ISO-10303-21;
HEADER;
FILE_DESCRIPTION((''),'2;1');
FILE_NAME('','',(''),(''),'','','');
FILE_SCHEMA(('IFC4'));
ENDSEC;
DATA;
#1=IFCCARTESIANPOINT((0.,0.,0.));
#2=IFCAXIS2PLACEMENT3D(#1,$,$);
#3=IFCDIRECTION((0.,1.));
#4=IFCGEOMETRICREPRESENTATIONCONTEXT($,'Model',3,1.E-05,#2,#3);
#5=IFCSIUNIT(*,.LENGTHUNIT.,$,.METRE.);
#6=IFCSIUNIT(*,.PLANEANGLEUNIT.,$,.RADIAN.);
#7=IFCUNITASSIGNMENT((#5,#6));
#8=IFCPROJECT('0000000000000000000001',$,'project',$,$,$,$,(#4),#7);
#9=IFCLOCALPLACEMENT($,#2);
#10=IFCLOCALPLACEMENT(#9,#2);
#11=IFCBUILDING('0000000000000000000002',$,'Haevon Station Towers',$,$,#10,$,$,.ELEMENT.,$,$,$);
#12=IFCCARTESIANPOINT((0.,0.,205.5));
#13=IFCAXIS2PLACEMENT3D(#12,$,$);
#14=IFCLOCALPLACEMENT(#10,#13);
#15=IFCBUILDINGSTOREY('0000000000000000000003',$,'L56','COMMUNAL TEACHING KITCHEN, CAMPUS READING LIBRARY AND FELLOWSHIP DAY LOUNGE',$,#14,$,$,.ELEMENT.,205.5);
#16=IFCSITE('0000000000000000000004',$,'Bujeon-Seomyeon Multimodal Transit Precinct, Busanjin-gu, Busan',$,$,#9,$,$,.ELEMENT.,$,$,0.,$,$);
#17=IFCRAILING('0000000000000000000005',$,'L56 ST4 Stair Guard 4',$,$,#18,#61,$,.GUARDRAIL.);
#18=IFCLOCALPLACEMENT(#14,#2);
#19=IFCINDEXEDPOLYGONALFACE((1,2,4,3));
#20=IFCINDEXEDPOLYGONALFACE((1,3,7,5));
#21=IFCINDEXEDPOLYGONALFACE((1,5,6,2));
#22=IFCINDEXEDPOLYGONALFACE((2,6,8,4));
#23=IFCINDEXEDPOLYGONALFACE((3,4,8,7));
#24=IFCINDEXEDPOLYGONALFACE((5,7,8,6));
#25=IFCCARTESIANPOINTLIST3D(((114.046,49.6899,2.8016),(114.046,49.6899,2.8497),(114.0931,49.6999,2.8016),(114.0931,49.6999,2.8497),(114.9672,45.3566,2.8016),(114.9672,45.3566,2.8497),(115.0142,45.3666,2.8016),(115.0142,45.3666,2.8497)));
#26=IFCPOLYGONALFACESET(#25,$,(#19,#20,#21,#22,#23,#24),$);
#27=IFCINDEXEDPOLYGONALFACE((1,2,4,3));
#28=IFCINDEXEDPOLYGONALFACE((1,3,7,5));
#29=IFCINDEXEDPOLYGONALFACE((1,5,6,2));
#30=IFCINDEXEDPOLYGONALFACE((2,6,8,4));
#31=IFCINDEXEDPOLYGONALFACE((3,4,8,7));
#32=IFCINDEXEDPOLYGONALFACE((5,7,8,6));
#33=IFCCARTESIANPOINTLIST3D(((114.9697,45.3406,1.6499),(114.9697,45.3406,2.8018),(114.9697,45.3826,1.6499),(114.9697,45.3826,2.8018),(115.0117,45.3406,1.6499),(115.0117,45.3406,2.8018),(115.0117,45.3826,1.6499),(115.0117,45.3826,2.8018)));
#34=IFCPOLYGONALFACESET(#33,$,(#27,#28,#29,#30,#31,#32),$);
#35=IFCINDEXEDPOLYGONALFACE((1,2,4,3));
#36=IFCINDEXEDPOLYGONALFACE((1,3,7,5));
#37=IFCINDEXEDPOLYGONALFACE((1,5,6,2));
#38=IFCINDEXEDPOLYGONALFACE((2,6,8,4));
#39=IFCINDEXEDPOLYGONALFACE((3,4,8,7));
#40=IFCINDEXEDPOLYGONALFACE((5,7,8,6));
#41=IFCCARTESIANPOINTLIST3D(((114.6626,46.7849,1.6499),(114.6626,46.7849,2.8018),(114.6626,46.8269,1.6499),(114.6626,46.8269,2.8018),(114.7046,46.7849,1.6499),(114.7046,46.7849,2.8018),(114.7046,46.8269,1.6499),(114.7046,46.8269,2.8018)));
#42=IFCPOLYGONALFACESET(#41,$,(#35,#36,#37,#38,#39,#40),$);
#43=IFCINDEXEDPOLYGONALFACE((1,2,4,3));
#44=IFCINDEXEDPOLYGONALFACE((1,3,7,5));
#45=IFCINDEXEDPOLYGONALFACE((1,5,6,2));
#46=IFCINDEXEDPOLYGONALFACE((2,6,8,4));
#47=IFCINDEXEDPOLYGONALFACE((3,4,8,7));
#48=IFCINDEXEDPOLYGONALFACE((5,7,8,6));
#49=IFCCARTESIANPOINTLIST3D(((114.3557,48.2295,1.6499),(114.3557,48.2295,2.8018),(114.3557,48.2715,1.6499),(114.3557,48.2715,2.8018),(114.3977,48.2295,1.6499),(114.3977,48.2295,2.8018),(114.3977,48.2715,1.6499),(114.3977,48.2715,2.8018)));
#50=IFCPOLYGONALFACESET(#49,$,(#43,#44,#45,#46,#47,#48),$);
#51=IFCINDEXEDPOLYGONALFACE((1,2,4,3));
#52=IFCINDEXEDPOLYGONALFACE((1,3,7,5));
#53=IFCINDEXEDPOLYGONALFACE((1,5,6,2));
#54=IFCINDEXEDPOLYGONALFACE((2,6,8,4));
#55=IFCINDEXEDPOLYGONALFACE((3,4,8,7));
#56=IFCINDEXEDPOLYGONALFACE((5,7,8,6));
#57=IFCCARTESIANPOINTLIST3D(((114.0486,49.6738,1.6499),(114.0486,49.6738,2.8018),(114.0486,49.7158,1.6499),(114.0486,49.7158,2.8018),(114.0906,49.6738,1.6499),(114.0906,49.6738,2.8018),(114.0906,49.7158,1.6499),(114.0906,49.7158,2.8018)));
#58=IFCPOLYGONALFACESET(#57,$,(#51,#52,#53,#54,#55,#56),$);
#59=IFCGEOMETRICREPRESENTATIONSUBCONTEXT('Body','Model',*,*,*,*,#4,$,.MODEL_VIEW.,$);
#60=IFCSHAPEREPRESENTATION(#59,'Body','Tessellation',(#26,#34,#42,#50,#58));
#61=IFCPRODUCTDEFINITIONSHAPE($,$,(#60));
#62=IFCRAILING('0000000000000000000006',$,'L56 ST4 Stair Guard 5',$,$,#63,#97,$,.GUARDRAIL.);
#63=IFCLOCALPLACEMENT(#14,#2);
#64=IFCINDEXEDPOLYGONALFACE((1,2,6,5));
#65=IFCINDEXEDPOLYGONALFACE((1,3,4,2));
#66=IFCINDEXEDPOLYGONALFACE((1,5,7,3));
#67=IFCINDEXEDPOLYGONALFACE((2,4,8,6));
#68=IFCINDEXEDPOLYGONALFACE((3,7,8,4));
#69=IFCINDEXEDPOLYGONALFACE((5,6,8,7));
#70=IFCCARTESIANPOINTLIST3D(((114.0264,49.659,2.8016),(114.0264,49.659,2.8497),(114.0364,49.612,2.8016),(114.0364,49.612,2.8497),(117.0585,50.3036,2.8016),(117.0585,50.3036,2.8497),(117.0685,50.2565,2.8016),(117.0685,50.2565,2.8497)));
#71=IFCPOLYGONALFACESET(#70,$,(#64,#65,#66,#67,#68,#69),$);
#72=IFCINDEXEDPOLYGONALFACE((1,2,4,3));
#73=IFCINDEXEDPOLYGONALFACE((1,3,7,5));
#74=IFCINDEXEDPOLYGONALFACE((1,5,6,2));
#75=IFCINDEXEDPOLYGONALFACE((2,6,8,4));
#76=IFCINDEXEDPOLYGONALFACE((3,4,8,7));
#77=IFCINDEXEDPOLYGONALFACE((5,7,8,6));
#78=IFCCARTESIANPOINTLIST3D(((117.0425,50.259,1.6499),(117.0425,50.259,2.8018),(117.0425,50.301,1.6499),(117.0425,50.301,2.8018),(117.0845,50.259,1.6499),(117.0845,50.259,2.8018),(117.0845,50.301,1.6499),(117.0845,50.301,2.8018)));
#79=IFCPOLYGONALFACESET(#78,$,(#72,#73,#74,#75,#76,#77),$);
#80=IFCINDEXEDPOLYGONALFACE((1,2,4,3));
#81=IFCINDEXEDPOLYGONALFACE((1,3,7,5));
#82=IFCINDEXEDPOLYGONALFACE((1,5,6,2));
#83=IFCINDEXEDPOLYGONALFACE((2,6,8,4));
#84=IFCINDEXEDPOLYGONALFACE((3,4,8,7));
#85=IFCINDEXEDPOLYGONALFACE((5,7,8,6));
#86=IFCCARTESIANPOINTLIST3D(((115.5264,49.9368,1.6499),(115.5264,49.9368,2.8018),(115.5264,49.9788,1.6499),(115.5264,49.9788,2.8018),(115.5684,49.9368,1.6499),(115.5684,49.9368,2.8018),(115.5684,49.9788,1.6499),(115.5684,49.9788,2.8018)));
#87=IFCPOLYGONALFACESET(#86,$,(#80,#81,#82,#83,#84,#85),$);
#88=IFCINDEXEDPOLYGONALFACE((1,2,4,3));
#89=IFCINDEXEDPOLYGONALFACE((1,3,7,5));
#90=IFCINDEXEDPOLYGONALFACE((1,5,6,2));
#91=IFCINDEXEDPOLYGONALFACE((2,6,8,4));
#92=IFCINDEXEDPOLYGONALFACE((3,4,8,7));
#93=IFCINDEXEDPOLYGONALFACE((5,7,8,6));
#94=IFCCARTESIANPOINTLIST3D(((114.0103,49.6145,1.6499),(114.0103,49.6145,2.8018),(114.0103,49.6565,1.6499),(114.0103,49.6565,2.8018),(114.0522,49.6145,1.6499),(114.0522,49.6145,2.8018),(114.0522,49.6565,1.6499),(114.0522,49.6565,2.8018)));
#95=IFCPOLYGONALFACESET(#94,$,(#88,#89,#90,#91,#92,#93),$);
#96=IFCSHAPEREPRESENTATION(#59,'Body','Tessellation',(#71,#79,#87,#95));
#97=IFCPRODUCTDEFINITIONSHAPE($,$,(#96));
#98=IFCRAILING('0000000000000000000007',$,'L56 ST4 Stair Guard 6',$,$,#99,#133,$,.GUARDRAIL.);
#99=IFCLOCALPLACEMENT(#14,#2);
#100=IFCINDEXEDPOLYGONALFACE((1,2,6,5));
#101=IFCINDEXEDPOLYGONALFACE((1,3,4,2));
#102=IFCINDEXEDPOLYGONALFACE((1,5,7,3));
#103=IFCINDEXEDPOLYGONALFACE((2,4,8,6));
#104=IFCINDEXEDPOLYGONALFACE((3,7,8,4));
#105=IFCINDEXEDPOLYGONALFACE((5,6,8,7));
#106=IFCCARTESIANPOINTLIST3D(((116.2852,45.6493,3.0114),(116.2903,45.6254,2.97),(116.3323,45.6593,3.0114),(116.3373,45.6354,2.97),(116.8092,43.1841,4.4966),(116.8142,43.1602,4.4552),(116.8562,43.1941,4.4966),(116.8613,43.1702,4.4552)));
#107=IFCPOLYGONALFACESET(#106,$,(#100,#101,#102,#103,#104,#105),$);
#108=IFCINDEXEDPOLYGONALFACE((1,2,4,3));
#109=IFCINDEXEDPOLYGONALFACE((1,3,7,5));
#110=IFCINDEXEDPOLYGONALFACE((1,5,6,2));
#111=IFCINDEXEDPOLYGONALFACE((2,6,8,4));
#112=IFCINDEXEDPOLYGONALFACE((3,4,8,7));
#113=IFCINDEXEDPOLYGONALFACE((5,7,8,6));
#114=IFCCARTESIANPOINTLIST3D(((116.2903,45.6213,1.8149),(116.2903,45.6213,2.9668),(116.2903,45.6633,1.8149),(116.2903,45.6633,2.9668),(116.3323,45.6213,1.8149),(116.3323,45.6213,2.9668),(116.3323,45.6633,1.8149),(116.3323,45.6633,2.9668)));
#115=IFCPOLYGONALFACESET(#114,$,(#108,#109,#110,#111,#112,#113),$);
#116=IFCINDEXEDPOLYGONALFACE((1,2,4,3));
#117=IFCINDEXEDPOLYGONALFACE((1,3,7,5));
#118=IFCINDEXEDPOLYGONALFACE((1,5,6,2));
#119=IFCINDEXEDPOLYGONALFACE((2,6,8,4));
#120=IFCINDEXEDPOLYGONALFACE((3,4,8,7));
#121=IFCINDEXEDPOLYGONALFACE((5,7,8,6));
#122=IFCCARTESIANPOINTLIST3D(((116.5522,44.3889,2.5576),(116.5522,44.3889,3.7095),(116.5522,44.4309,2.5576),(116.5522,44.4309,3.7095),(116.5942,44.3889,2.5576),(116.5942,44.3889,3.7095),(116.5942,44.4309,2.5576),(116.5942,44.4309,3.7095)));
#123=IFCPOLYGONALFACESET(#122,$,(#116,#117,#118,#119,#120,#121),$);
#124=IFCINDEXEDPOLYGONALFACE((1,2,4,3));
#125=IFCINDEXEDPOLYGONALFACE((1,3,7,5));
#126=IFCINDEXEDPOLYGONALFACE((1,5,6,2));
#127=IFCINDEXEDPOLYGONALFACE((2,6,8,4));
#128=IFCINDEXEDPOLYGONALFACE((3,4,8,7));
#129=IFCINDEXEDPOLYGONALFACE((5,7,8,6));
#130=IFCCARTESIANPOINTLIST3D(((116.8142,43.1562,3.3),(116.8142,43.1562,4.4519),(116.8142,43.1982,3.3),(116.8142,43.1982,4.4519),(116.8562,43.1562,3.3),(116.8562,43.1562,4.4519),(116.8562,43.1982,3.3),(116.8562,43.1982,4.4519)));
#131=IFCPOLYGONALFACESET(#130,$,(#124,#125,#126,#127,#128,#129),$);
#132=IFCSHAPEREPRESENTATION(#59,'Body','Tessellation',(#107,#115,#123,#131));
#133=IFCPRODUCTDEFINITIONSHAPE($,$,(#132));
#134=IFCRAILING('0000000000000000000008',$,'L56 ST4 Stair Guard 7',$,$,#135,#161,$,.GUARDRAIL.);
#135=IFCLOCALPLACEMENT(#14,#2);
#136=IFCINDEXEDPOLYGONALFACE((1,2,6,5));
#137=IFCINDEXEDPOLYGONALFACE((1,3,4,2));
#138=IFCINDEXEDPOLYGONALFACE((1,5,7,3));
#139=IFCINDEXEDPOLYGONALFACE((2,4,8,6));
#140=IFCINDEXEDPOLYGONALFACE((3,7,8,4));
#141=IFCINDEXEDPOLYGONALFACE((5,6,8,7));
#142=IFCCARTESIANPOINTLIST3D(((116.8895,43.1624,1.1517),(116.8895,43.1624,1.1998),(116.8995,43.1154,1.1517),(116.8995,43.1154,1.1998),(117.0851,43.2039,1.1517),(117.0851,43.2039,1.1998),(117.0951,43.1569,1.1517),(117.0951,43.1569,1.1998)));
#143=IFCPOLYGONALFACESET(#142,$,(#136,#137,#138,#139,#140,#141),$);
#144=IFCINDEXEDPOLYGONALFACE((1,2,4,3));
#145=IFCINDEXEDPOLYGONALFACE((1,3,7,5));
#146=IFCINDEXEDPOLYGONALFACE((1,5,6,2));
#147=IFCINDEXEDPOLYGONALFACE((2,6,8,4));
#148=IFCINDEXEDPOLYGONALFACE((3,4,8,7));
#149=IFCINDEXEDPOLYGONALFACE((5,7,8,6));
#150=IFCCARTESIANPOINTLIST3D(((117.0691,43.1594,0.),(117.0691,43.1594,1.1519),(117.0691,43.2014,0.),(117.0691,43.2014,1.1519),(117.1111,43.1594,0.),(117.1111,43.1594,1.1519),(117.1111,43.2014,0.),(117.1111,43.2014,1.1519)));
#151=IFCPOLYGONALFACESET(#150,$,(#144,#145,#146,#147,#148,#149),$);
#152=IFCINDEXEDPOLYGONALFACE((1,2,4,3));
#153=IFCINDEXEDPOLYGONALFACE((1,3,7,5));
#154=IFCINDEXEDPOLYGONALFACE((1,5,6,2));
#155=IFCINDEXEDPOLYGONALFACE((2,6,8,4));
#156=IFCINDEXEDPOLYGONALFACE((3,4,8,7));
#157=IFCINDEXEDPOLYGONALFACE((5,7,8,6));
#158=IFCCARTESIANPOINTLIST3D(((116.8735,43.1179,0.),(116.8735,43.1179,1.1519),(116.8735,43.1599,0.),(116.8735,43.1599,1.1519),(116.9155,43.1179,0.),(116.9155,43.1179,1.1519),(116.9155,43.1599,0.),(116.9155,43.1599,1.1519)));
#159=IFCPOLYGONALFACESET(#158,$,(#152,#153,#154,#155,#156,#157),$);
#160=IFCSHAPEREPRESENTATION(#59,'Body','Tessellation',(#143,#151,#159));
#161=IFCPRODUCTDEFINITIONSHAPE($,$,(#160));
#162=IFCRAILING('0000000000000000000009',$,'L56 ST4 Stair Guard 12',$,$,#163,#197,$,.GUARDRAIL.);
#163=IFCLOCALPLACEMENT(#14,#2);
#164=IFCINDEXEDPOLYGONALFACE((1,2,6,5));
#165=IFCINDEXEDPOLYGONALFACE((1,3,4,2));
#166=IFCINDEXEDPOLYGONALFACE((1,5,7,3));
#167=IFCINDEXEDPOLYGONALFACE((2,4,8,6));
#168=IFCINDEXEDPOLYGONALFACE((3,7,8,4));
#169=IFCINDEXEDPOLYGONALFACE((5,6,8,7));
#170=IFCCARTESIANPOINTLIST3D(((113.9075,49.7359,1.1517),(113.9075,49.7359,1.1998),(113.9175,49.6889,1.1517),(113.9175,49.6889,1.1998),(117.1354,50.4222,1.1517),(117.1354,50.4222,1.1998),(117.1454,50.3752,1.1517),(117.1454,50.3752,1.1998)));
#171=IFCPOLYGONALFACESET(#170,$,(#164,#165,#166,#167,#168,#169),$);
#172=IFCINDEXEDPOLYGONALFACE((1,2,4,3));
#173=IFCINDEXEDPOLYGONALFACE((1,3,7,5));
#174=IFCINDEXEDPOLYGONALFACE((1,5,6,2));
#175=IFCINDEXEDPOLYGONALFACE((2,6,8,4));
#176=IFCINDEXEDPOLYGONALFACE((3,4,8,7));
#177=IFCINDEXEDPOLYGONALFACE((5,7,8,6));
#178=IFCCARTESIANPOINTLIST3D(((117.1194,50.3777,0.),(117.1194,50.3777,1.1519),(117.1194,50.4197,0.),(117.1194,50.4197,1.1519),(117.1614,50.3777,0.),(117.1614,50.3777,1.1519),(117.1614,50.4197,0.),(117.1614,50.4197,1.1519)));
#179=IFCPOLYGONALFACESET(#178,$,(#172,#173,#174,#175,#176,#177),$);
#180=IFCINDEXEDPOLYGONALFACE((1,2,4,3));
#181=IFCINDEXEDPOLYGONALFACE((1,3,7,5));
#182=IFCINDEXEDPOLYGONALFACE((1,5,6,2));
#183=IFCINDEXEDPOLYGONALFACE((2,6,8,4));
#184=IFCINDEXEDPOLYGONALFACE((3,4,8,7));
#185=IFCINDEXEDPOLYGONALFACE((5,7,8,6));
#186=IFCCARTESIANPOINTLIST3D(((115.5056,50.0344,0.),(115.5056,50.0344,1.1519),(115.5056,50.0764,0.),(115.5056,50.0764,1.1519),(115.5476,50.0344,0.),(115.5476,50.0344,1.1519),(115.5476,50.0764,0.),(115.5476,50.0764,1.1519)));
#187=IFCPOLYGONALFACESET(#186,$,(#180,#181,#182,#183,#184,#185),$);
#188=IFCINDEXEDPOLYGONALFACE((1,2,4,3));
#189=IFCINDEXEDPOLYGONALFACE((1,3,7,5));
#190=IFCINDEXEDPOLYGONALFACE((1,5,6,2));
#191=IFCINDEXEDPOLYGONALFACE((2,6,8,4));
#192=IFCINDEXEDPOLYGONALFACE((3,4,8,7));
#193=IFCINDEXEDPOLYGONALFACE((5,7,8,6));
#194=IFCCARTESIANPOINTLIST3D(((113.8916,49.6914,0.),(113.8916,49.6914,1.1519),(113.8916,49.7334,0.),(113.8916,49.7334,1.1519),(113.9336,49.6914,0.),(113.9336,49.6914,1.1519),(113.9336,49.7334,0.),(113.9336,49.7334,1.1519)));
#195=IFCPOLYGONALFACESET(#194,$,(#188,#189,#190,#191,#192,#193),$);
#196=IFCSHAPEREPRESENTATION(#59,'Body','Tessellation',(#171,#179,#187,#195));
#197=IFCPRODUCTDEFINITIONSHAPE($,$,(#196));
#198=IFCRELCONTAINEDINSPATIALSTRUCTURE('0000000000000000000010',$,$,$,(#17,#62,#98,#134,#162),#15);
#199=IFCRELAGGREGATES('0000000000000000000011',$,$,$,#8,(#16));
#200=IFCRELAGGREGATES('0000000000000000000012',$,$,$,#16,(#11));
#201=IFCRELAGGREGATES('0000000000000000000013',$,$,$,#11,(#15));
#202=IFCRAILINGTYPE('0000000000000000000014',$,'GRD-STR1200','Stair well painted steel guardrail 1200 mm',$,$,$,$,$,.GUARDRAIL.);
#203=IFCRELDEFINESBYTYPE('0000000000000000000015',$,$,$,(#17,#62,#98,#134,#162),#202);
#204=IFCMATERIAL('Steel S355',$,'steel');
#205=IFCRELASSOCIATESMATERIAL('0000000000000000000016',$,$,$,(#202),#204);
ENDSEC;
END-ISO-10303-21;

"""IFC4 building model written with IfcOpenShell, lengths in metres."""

from ifc_helpers import new_model, si_unit, direction, frame, origin, origin_2d, place, context, subcontext, project, spatial, rectangle, extrude, material, type_object, element, save


model = new_model("IFC4")

# Units and contexts
model_context = context("Model", 3, precision=1e-05, world=origin(), true_north=direction((0.0, 1.0)))
body_context = subcontext(model_context, "Body", "Model", "MODEL_VIEW")
ifc_project = project(units=[si_unit("LENGTHUNIT", "METRE"), si_unit("PLANEANGLEUNIT", "RADIAN")], contexts=[model_context])

# Site, building, storey
site_placement = place(None, origin())
site = spatial("IfcSite", under=ifc_project, at=site_placement, Name="Bujeon-Seomyeon Multimodal Transit Precinct, Busanjin-gu, Busan", CompositionType="ELEMENT", RefElevation=0.0)
building_placement = place(site_placement, origin())
building = spatial("IfcBuilding", under=site, at=building_placement, Name="Haevon Station Towers", CompositionType="ELEMENT")
storey_placement = place(building_placement, frame((0.0, 0.0, 205.5)))
storey = spatial("IfcBuildingStorey", under=building, at=storey_placement, Name="L56", Description="COMMUNAL TEACHING KITCHEN, CAMPUS READING LIBRARY AND FELLOWSHIP DAY LOUNGE", CompositionType="ELEMENT", Elevation=205.5)

# Shared definitions
ifc_material_1 = material(Name="Steel S355", Category="steel")

# Railings
railing_type_1 = type_object("IfcRailingType", Name="GRD-STR1200", Description="Stair well painted steel guardrail 1200 mm", PredefinedType="GUARDRAIL", material=ifc_material_1)
railing_1_placement = place(storey_placement, frame((114.9907, 45.3616, 1.6499)))
element("IfcRailing", 1, at=railing_1_placement, inside=storey, type_object=railing_type_1, Name="L56 ST4 Stair Guard 4", PredefinedType="GUARDRAIL", context=body_context, shape_type="SweptSolid", body=[
    extrude(rectangle(XDim=0.0481, YDim=0.0481, at=origin_2d()), frame((0.0, 0.0, 1.1758), z_axis=(-0.207929, 0.978144, 0.0), x_axis=(-0.978144, -0.207929, 0.0)), (0.0, 0.0, 1.0), 4.4302),
    extrude(rectangle(XDim=0.042, YDim=0.042, at=origin_2d()), origin(), (0.0, 0.0, 1.0), 1.1519),
    extrude(rectangle(XDim=0.042, YDim=0.042, at=origin_2d()), frame((-0.3071, 1.4443, 0.0)), (0.0, 0.0, 1.0), 1.1519),
    extrude(rectangle(XDim=0.042, YDim=0.042, at=origin_2d()), frame((-0.614, 2.8889, 0.0)), (0.0, 0.0, 1.0), 1.1519),
    extrude(rectangle(XDim=0.042, YDim=0.042, at=origin_2d()), frame((-0.9211, 4.3333, 0.0)), (0.0, 0.0, 1.0), 1.1519),
])
railing_2_placement = place(storey_placement, frame((117.0635, 50.28, 1.6499)))
element("IfcRailing", 2, at=railing_2_placement, inside=storey, type_object=railing_type_1, Name="L56 ST4 Stair Guard 5", PredefinedType="GUARDRAIL", context=body_context, shape_type="SweptSolid", body=[
    extrude(rectangle(XDim=0.0481, YDim=0.0481, at=origin_2d()), frame((0.0, 0.0, 1.1758), z_axis=(-0.978147, -0.207915, 0.0), x_axis=(0.207915, -0.978147, 0.0)), (0.0, 0.0, 1.0), 3.0999),
    extrude(rectangle(XDim=0.042, YDim=0.042, at=origin_2d()), origin(), (0.0, 0.0, 1.0), 1.1519),
    extrude(rectangle(XDim=0.042, YDim=0.042, at=origin_2d()), frame((-1.5161, -0.3223, 0.0)), (0.0, 0.0, 1.0), 1.1519),
    extrude(rectangle(XDim=0.042, YDim=0.042, at=origin_2d()), frame((-3.0322, -0.6445, 0.0)), (0.0, 0.0, 1.0), 1.1519),
])
railing_3_placement = place(storey_placement, frame((116.3113, 45.6423, 1.8149)))
element("IfcRailing", 3, at=railing_3_placement, inside=storey, type_object=railing_type_1, Name="L56 ST4 Stair Guard 6", PredefinedType="GUARDRAIL", context=body_context, shape_type="SweptSolid", body=[
    extrude(rectangle(XDim=0.0481, YDim=0.0481, at=origin_2d()), frame((0.0, 0.0, 1.1758), z_axis=(0.179109, -0.842712, 0.507697), x_axis=(0.978151, 0.207895, 0.0)), (0.0, 0.0, 1.0), 2.9253),
    extrude(rectangle(XDim=0.042, YDim=0.042, at=origin_2d()), origin(), (0.0, 0.0, 1.0), 1.1519),
    extrude(rectangle(XDim=0.042, YDim=0.042, at=origin_2d()), frame((0.262, -1.2324, 0.7427)), (0.0, 0.0, 1.0), 1.1519),
    extrude(rectangle(XDim=0.042, YDim=0.042, at=origin_2d()), frame((0.5239, -2.4651, 1.4851)), (0.0, 0.0, 1.0), 1.1519),
])
railing_4_placement = place(storey_placement, frame((117.0901, 43.1804, 0.0)))
element("IfcRailing", 4, at=railing_4_placement, inside=storey, type_object=railing_type_1, Name="L56 ST4 Stair Guard 7", PredefinedType="GUARDRAIL", context=body_context, shape_type="SweptSolid", body=[
    extrude(rectangle(XDim=0.0481, YDim=0.0481, at=origin_2d()), frame((0.0, 0.0, 1.1758), z_axis=(-0.978212, -0.20761, 0.0), x_axis=(0.20761, -0.978212, 0.0)), (0.0, 0.0, 1.0), 0.2),
    extrude(rectangle(XDim=0.042, YDim=0.042, at=origin_2d()), origin(), (0.0, 0.0, 1.0), 1.1519),
    extrude(rectangle(XDim=0.042, YDim=0.042, at=origin_2d()), frame((-0.1956, -0.0415, 0.0)), (0.0, 0.0, 1.0), 1.1519),
])
railing_5_placement = place(storey_placement, frame((117.1404, 50.3987, 0.0)))
element("IfcRailing", 5, at=railing_5_placement, inside=storey, type_object=railing_type_1, Name="L56 ST4 Stair Guard 12", PredefinedType="GUARDRAIL", context=body_context, shape_type="SweptSolid", body=[
    extrude(rectangle(XDim=0.0481, YDim=0.0481, at=origin_2d()), frame((0.0, 0.0, 1.1758), z_axis=(-0.978136, -0.207968, 0.0), x_axis=(0.207968, -0.978136, 0.0)), (0.0, 0.0, 1.0), 3.3),
    extrude(rectangle(XDim=0.042, YDim=0.042, at=origin_2d()), origin(), (0.0, 0.0, 1.0), 1.1519),
    extrude(rectangle(XDim=0.042, YDim=0.042, at=origin_2d()), frame((-1.6138, -0.3433, 0.0)), (0.0, 0.0, 1.0), 1.1519),
    extrude(rectangle(XDim=0.042, YDim=0.042, at=origin_2d()), frame((-3.2278, -0.6863, 0.0)), (0.0, 0.0, 1.0), 1.1519),
])

save(model, "model.ifc")
